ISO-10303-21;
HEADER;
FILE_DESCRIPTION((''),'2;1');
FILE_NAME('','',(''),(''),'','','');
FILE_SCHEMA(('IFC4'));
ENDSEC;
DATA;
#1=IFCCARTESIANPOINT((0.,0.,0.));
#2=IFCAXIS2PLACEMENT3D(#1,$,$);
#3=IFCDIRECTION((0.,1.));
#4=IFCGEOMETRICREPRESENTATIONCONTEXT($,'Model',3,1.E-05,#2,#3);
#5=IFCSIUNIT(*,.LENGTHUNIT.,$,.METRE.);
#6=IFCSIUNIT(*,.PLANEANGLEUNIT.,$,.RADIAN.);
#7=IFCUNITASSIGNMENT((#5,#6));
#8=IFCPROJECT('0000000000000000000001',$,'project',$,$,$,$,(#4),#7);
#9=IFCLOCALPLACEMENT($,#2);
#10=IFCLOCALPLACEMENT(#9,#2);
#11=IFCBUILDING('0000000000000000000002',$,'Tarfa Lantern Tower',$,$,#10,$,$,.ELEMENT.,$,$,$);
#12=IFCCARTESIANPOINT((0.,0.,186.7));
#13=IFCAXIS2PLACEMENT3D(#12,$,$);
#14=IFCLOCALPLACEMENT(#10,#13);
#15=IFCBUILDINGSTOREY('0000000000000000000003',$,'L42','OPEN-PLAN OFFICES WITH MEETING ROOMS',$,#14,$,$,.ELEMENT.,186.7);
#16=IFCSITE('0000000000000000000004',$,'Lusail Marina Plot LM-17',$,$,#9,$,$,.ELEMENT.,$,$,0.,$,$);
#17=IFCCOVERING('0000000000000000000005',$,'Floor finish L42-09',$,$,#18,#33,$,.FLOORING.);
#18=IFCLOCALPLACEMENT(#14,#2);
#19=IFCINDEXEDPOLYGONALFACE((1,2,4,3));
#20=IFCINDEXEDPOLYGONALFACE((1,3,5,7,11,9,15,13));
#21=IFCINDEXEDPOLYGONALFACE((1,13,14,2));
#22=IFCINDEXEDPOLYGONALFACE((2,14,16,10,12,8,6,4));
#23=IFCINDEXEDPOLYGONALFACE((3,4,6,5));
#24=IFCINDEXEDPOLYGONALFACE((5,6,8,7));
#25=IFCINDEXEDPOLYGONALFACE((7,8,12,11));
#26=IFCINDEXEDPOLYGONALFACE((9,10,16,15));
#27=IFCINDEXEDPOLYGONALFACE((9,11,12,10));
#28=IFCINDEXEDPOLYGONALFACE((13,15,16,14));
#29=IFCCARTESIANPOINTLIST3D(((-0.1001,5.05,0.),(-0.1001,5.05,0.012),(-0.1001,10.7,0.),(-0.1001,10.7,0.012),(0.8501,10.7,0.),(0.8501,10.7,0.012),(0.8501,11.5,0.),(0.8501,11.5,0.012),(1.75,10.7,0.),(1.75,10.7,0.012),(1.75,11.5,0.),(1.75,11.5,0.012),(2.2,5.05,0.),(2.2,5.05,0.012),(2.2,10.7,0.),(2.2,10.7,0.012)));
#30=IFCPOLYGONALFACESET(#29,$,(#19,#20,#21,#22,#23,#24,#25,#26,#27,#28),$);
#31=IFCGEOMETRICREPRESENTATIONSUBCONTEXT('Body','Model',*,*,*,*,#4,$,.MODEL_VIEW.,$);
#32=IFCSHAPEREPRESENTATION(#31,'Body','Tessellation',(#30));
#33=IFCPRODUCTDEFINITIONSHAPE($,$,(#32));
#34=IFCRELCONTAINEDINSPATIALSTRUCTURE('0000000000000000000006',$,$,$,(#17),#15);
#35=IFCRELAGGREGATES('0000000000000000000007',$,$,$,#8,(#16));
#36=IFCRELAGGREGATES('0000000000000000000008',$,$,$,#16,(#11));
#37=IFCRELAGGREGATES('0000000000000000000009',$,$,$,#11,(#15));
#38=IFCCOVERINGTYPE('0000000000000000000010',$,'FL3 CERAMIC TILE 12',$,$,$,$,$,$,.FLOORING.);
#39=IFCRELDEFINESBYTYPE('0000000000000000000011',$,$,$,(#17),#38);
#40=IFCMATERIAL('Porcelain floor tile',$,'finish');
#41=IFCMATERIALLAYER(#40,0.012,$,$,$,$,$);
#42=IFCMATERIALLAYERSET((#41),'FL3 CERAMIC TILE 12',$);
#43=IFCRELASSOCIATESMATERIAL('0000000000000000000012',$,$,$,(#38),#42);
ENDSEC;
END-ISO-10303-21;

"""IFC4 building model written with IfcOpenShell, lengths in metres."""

from ifc_helpers import new_model, si_unit, direction, frame, origin, place, context, subcontext, project, spatial, polyline, outline, extrude, material, layer, layer_set, type_object, element, save


model = new_model("IFC4")

# Units and contexts
model_context = context("Model", 3, precision=1e-05, world=origin(), true_north=direction((0.0, 1.0)))
body_context = subcontext(model_context, "Body", "Model", "MODEL_VIEW")
ifc_project = project(units=[si_unit("LENGTHUNIT", "METRE"), si_unit("PLANEANGLEUNIT", "RADIAN")], contexts=[model_context])

# Site, building, storey
site_placement = place(None, origin())
site = spatial("IfcSite", under=ifc_project, at=site_placement, Name="Lusail Marina Plot LM-17", CompositionType="ELEMENT", RefElevation=0.0)
building_placement = place(site_placement, origin())
building = spatial("IfcBuilding", under=site, at=building_placement, Name="Tarfa Lantern Tower", CompositionType="ELEMENT")
storey_placement = place(building_placement, frame((0.0, 0.0, 186.7)))
storey = spatial("IfcBuildingStorey", under=building, at=storey_placement, Name="L42", Description="OPEN-PLAN OFFICES WITH MEETING ROOMS", CompositionType="ELEMENT", Elevation=186.7)

# Covering
ifc_material_1 = material(Name="Porcelain floor tile", Category="finish")
ifc_layer_1 = layer(ifc_material_1, 0.012)
ifc_layer_set_1 = layer_set([ifc_layer_1], Name="FL3 CERAMIC TILE 12")
covering_type_1 = type_object("IfcCoveringType", Name="FL3 CERAMIC TILE 12", PredefinedType="FLOORING", material=ifc_layer_set_1)
covering_1_placement = place(storey_placement, origin())
element("IfcCovering", 1, at=covering_1_placement, inside=storey, type_object=covering_type_1, Name="Floor finish L42-09", PredefinedType="FLOORING", context=body_context, shape_type="SweptSolid", body=[
    extrude(outline(polyline([(0.8501, 10.7), (-0.1001, 10.7), (-0.1001, 5.05), (2.2, 5.05), (2.2, 10.7), (1.75, 10.7), (1.75, 11.5), (0.8501, 11.5), (0.8501, 10.7)])), origin(), (0.0, 0.0, 1.0), 0.012),
])

save(model, "model.ifc")
